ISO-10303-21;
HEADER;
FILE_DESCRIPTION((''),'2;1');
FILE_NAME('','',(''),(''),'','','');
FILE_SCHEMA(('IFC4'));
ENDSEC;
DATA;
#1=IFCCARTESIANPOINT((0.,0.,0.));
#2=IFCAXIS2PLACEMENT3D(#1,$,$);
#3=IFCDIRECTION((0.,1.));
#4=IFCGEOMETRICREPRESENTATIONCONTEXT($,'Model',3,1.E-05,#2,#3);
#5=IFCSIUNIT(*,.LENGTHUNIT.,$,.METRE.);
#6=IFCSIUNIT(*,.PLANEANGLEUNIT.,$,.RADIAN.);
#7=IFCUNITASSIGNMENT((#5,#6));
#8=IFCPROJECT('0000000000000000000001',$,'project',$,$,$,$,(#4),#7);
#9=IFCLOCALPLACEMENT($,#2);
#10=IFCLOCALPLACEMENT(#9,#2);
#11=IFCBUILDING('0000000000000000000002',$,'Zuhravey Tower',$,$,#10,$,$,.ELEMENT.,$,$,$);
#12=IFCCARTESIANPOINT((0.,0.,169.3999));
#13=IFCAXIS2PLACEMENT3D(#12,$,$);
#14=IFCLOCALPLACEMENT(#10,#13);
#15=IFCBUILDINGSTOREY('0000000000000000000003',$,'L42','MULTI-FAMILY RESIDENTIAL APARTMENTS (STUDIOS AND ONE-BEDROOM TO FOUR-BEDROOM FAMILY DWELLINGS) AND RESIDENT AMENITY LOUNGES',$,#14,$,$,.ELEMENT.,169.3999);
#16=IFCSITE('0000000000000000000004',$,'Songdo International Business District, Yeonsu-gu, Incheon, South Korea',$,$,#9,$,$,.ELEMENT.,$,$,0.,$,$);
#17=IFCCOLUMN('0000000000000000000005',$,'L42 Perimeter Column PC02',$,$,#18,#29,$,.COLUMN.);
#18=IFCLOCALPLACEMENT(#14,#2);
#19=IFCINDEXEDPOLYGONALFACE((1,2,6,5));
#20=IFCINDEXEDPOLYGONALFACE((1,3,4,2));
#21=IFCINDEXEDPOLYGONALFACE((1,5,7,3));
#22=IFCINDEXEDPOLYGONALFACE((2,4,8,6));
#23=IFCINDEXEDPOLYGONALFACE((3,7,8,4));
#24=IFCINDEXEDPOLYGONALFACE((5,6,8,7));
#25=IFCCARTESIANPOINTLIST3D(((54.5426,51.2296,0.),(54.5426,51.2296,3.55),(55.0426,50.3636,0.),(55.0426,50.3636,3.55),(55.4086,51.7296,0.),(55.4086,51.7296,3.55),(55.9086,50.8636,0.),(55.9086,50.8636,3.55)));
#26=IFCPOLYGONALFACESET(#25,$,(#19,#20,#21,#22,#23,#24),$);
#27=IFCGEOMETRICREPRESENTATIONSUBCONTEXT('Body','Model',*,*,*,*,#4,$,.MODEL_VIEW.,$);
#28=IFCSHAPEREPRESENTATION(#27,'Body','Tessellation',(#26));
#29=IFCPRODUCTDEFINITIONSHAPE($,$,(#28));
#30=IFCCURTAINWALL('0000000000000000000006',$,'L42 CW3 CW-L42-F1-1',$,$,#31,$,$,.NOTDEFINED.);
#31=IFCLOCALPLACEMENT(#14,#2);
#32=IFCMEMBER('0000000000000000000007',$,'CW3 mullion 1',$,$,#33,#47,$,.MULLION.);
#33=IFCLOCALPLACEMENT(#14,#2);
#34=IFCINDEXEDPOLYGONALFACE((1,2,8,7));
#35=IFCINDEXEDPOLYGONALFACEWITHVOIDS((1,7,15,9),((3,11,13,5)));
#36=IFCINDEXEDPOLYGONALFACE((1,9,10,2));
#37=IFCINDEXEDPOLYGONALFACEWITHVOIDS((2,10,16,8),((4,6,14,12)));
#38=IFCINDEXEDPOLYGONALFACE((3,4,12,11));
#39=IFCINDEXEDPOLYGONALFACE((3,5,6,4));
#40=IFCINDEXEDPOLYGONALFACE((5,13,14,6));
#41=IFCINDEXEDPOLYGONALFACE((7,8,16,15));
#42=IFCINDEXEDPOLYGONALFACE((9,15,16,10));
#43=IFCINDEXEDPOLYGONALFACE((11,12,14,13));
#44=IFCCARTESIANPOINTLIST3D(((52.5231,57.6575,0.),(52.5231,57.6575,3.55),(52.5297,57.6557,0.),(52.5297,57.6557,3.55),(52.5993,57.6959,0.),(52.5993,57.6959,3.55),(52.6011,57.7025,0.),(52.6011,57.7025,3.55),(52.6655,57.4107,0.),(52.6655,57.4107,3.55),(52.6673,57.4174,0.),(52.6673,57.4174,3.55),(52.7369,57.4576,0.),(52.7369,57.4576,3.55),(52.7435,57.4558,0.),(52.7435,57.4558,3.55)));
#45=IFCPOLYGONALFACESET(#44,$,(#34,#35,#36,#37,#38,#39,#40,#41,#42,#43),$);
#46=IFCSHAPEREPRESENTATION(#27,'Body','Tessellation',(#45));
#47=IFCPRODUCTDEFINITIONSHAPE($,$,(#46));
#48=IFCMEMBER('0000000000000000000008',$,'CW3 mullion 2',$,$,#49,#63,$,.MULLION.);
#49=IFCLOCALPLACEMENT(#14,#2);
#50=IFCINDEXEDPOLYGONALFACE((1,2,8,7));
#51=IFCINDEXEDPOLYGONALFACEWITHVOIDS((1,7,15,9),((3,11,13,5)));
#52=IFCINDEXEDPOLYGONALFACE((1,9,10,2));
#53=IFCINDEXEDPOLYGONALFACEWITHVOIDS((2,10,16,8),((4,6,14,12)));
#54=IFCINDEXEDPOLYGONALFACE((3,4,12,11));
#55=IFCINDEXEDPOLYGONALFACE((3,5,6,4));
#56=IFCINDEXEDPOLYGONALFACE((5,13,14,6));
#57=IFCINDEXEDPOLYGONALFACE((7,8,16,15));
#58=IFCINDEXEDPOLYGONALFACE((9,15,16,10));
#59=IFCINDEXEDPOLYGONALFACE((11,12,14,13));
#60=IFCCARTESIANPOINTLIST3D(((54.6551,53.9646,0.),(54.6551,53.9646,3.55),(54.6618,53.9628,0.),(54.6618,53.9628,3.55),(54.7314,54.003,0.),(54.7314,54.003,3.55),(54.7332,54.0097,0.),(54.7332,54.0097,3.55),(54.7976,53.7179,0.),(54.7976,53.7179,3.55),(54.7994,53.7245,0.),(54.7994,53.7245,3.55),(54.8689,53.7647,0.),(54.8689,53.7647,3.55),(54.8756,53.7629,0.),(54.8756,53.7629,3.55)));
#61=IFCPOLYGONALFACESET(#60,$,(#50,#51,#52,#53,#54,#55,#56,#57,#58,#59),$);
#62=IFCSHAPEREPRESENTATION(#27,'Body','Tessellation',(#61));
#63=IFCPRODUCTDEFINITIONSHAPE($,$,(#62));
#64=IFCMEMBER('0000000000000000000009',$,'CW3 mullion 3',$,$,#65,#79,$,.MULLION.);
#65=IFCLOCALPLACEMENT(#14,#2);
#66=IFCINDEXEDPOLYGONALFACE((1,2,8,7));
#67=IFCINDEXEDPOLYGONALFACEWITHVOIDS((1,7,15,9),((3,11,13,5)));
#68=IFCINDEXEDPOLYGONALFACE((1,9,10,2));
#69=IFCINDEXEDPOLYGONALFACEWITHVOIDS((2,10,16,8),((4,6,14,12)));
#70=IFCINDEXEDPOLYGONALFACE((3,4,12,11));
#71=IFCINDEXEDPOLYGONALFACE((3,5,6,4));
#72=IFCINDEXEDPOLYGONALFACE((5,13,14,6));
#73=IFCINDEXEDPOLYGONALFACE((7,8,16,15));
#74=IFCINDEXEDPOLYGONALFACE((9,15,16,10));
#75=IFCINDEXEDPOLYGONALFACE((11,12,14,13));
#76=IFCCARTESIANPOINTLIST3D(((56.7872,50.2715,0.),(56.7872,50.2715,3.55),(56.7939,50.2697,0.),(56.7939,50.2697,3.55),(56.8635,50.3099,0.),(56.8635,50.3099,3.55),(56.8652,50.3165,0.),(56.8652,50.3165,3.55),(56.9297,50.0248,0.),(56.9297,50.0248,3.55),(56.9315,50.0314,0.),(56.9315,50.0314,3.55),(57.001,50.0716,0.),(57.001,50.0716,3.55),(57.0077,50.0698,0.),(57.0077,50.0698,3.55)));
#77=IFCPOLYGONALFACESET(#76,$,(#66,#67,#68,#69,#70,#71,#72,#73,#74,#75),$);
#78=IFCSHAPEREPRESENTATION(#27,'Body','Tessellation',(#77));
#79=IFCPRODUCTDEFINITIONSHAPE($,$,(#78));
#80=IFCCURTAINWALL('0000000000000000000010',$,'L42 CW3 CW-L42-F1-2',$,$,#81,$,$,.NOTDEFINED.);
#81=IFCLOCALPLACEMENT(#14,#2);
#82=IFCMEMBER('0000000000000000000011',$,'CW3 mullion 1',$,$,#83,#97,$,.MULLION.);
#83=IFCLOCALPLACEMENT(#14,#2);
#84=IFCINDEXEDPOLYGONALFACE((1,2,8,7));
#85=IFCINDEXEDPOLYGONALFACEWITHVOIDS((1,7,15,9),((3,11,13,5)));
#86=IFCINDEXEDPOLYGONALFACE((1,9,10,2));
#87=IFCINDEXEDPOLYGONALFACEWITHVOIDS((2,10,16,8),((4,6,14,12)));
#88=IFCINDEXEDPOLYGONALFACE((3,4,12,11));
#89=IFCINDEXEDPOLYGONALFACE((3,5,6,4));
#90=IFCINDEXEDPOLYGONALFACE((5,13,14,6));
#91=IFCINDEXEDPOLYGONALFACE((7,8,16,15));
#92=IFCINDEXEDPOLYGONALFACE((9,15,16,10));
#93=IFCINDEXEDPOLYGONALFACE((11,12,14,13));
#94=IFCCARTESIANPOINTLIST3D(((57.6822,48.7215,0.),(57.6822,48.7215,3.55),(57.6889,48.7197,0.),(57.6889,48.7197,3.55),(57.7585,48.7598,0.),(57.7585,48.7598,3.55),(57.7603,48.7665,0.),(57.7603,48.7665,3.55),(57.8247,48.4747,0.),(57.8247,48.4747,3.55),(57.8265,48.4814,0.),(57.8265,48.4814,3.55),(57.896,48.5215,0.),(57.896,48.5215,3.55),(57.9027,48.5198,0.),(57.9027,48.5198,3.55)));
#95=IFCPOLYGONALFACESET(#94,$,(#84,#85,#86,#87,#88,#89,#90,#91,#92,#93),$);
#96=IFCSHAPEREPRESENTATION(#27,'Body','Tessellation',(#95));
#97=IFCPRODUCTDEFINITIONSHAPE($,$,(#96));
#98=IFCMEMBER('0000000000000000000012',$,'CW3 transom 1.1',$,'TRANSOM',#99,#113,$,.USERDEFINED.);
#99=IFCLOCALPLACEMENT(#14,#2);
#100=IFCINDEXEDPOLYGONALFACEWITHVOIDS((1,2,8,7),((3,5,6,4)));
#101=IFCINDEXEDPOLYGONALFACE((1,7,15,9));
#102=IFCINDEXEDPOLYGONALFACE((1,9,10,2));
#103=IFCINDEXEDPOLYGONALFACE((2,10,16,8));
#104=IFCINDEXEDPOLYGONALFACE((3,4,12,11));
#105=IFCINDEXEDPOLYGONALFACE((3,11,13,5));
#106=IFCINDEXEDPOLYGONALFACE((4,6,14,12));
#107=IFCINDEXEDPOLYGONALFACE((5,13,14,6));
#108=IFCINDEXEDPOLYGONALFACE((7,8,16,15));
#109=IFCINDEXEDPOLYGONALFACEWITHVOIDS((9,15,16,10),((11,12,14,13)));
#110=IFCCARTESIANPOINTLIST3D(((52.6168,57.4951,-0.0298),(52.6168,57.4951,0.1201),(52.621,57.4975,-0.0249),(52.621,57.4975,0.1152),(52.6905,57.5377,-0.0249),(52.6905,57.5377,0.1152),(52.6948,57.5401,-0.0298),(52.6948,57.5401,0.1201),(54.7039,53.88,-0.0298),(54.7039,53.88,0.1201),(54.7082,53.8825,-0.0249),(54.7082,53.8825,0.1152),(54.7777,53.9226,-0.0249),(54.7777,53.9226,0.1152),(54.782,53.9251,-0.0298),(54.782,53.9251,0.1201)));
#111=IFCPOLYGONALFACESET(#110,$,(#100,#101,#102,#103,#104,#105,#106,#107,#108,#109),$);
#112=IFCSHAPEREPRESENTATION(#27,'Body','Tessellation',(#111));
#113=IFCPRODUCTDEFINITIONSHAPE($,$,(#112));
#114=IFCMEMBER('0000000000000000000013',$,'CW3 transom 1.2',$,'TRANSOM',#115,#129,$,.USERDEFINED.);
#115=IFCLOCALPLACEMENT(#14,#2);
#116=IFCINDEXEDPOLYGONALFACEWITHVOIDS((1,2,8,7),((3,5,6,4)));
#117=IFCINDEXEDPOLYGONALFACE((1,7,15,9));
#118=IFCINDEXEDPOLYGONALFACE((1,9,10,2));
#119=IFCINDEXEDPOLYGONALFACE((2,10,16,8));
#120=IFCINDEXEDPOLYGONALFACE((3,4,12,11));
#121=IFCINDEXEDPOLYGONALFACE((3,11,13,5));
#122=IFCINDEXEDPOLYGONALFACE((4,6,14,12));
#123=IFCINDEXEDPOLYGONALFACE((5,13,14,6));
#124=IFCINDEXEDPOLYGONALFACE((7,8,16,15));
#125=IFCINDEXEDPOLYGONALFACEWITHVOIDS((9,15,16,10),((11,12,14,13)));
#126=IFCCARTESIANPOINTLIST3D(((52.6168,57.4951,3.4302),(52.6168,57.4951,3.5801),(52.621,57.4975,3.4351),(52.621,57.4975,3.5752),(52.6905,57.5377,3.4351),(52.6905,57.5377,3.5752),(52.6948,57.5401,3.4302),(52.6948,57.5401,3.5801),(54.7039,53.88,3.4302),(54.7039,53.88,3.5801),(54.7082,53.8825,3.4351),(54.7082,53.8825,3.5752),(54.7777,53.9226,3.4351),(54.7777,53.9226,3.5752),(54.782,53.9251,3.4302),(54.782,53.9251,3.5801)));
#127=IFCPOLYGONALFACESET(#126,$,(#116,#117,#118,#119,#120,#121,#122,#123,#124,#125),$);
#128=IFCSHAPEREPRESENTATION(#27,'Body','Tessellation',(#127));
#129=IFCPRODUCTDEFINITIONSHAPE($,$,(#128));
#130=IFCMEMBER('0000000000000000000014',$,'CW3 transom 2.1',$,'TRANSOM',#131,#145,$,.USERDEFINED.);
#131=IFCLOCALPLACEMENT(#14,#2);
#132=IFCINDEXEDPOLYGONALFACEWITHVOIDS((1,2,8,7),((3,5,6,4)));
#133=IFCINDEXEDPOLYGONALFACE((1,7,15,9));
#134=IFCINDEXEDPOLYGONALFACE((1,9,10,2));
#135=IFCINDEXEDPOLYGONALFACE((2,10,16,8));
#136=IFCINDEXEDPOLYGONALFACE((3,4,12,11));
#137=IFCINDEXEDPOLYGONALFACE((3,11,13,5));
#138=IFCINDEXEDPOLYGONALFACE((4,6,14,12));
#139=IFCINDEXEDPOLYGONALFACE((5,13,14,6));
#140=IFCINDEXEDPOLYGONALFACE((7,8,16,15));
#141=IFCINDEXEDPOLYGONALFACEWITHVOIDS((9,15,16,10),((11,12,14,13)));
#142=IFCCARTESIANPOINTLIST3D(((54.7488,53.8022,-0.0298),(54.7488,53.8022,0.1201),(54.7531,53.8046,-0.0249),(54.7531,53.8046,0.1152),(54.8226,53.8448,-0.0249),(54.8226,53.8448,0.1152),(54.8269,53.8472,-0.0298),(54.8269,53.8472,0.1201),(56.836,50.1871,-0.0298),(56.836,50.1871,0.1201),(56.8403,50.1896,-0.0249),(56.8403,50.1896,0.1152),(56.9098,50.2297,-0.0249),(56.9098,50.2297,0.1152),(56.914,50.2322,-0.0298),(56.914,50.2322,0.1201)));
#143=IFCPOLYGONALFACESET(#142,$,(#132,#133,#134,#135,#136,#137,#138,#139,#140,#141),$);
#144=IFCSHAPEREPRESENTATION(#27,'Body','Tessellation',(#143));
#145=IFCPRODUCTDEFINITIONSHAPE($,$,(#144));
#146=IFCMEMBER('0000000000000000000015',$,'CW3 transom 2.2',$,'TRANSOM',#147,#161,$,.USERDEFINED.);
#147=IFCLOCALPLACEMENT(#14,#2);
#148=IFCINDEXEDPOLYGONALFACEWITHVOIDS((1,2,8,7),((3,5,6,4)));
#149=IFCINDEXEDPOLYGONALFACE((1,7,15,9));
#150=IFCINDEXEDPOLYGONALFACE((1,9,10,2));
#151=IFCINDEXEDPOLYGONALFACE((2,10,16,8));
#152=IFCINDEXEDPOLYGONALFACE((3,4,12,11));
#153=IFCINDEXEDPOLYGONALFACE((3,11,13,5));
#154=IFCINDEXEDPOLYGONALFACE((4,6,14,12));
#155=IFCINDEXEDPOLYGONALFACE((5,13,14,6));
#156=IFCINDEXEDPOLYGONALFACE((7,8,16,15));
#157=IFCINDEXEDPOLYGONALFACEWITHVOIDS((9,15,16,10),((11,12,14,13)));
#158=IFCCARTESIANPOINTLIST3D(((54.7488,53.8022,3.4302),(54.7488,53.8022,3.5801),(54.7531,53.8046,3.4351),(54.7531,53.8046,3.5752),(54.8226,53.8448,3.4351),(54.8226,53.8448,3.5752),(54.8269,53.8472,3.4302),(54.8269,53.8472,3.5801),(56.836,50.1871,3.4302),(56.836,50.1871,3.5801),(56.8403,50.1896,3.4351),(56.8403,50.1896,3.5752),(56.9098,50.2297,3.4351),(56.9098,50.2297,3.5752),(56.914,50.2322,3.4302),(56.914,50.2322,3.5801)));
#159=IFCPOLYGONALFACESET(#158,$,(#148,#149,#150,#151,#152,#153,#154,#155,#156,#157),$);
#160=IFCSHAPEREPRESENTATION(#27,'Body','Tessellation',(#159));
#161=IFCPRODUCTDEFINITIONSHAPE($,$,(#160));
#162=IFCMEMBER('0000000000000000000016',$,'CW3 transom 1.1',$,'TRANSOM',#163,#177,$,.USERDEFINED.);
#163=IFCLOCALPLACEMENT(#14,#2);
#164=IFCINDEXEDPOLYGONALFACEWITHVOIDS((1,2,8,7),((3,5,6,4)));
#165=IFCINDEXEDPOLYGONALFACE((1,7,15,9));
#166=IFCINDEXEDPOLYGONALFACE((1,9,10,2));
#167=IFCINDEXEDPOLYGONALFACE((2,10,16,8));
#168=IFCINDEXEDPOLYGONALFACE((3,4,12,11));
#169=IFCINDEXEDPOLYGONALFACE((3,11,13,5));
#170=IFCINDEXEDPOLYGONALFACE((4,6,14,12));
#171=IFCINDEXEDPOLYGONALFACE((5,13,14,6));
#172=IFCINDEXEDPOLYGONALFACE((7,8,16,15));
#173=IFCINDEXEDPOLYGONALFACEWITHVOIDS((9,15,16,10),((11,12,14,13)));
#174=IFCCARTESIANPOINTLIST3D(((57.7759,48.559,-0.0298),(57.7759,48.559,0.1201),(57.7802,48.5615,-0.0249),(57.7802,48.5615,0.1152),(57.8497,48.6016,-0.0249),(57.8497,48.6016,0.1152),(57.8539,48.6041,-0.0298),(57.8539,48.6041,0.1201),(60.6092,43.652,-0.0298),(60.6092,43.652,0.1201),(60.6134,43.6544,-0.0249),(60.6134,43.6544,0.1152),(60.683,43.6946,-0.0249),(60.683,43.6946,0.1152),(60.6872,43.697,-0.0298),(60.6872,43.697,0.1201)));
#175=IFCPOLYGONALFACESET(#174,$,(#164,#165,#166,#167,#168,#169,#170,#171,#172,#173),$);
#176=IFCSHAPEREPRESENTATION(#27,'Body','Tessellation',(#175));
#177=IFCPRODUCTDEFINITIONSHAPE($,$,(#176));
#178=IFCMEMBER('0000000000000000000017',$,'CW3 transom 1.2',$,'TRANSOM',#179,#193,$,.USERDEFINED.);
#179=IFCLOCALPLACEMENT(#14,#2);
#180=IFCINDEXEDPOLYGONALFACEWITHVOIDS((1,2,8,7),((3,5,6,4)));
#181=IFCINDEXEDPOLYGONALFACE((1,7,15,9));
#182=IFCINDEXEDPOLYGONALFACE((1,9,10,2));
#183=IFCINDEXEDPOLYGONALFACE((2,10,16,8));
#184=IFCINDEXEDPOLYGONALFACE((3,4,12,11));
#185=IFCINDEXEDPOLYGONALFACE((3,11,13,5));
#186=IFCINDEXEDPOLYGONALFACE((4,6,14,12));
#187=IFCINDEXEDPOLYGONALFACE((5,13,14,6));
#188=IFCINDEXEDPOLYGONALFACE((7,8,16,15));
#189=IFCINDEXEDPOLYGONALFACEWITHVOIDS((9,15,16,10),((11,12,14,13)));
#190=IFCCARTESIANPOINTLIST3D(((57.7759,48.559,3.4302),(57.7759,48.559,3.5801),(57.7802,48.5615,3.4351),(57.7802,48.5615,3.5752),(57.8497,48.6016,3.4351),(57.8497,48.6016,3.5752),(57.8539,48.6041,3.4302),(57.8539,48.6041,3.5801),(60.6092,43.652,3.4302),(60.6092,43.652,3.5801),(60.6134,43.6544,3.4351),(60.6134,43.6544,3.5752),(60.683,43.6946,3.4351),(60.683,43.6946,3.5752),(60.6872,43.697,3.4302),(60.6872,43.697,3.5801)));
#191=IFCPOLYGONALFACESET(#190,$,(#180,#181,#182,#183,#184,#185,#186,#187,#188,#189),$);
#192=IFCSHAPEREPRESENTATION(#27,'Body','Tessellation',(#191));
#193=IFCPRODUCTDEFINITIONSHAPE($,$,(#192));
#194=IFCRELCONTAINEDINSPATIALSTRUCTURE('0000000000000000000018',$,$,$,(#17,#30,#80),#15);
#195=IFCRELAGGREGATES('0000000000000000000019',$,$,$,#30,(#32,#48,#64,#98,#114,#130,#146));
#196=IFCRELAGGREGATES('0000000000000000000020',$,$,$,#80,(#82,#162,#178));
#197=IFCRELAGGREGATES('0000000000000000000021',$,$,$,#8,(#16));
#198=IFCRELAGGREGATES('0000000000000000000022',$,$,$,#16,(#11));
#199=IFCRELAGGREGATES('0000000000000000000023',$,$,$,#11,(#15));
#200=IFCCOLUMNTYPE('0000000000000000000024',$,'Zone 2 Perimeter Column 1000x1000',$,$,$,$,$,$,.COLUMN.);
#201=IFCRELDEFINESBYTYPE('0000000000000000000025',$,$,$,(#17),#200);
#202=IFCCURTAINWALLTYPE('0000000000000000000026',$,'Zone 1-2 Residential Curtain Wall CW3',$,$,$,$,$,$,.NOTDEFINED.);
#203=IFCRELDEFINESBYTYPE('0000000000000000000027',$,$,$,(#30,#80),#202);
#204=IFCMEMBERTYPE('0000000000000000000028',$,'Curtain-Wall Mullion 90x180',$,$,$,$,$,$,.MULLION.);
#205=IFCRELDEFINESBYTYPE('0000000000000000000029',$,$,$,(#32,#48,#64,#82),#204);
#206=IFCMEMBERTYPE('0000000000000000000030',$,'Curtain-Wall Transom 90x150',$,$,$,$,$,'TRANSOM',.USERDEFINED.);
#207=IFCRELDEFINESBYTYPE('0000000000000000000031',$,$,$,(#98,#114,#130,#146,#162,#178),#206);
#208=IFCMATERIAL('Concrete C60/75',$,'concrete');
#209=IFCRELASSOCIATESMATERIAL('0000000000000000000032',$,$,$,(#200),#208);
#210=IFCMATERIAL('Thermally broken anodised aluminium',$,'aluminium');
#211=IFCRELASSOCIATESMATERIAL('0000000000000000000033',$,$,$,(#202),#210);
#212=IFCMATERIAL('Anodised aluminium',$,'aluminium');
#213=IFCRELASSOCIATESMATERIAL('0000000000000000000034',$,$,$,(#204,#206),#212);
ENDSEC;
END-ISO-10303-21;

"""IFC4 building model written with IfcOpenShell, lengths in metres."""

from ifc_helpers import new_model, si_unit, direction, frame, origin, origin_2d, place, context, subcontext, project, spatial, rectangle, hollow_rectangle, extrude, material, material_profile, profile_set, type_object, element, aggregate, save


model = new_model("IFC4")

# Units and contexts
model_context = context("Model", 3, precision=1e-05, world=origin(), true_north=direction((0.0, 1.0)))
body_context = subcontext(model_context, "Body", "Model", "MODEL_VIEW")
ifc_project = project(units=[si_unit("LENGTHUNIT", "METRE"), si_unit("PLANEANGLEUNIT", "RADIAN")], contexts=[model_context])

# Site, building, storey
site_placement = place(None, origin())
site = spatial("IfcSite", under=ifc_project, at=site_placement, Name="Songdo International Business District, Yeonsu-gu, Incheon, South Korea", CompositionType="ELEMENT", RefElevation=0.0)
building_placement = place(site_placement, origin())
building = spatial("IfcBuilding", under=site, at=building_placement, Name="Zuhravey Tower", CompositionType="ELEMENT")
storey_placement = place(building_placement, frame((0.0, 0.0, 169.3999)))
storey = spatial("IfcBuildingStorey", under=building, at=storey_placement, Name="L42", Description="MULTI-FAMILY RESIDENTIAL APARTMENTS (STUDIOS AND ONE-BEDROOM TO FOUR-BEDROOM FAMILY DWELLINGS) AND RESIDENT AMENITY LOUNGES", CompositionType="ELEMENT", Elevation=169.3999)

# Column
ifc_material_1 = material(Name="Concrete C60/75", Category="concrete")
ifc_material_profile_1 = material_profile(ifc_material_1, rectangle(XDim=1.0, YDim=1.0, at=origin_2d()), Name="RC-1000x1000")
ifc_profile_set_1 = profile_set([ifc_material_profile_1], Name="Concrete C60/75")
column_type = type_object("IfcColumnType", Name="Zone 2 Perimeter Column 1000x1000", PredefinedType="COLUMN", material=ifc_profile_set_1)
column_placement = place(storey_placement, frame((55.2256, 51.0466, 0.0), z_axis=(0.0, 0.0, 1.0), x_axis=(-0.5, 0.866025, 0.0)))
element("IfcColumn", 1, at=column_placement, inside=storey, type_object=column_type, Name="L42 Perimeter Column PC02", PredefinedType="COLUMN", context=body_context, shape_type="SweptSolid", body=[
    extrude(rectangle(XDim=1.0, YDim=1.0, at=origin_2d()), origin(), (0.0, 0.0, 1.0), 3.55),
])

# Curtain wall, members
ifc_material_2 = material(Name="Thermally broken anodised aluminium", Category="aluminium")
curtain_wall_type = type_object("IfcCurtainWallType", Name="Zone 1-2 Residential Curtain Wall CW3", PredefinedType="NOTDEFINED", material=ifc_material_2)
curtain_wall_1_placement = place(storey_placement, origin())
curtain_wall_1 = element("IfcCurtainWall", 2, at=curtain_wall_1_placement, inside=storey, type_object=curtain_wall_type, Name="L42 CW3 CW-L42-F1-1", PredefinedType="NOTDEFINED")
ifc_material_3 = material(Name="Anodised aluminium", Category="aluminium")
ifc_material_profile_2 = material_profile(ifc_material_3, hollow_rectangle(XDim=0.0901, YDim=0.2849, WallThickness=0.0049, at=origin_2d()), Name="ALU-RHS-90x285x5")
ifc_profile_set_2 = profile_set([ifc_material_profile_2], Name="Anodised aluminium")
member_type_1 = type_object("IfcMemberType", Name="Curtain-Wall Mullion 90x180", PredefinedType="MULLION", material=ifc_profile_set_2)
member_1_placement = place(storey_placement, frame((52.6333, 57.5566, 0.0), z_axis=(0.0, 0.0, 1.0), x_axis=(0.866022, 0.500006, 0.0)))
member_1 = element("IfcMember", 3, at=member_1_placement, type_object=member_type_1, Name="CW3 mullion 1", PredefinedType="MULLION", context=body_context, shape_type="SweptSolid", body=[
    extrude(hollow_rectangle(XDim=0.0901, YDim=0.2849, WallThickness=0.0049, at=origin_2d()), origin(), (0.0, 0.0, 1.0), 3.55),
])
member_2_placement = place(storey_placement, frame((54.7654, 53.8638, 0.0), z_axis=(0.0, 0.0, 1.0), x_axis=(0.866022, 0.500006, 0.0)))
member_2 = element("IfcMember", 4, at=member_2_placement, type_object=member_type_1, Name="CW3 mullion 2", PredefinedType="MULLION", context=body_context, shape_type="SweptSolid", body=[
    extrude(hollow_rectangle(XDim=0.0901, YDim=0.2849, WallThickness=0.0049, at=origin_2d()), origin(), (0.0, 0.0, 1.0), 3.55),
])
member_3_placement = place(storey_placement, frame((56.8975, 50.1707, 0.0), z_axis=(0.0, 0.0, 1.0), x_axis=(0.866022, 0.500006, 0.0)))
member_3 = element("IfcMember", 5, at=member_3_placement, type_object=member_type_1, Name="CW3 mullion 3", PredefinedType="MULLION", context=body_context, shape_type="SweptSolid", body=[
    extrude(hollow_rectangle(XDim=0.0901, YDim=0.2849, WallThickness=0.0049, at=origin_2d()), origin(), (0.0, 0.0, 1.0), 3.55),
])

# Curtain wall, member
curtain_wall_2_placement = place(storey_placement, origin())
curtain_wall_2 = element("IfcCurtainWall", 6, at=curtain_wall_2_placement, inside=storey, type_object=curtain_wall_type, Name="L42 CW3 CW-L42-F1-2", PredefinedType="NOTDEFINED")
member_4_placement = place(storey_placement, frame((57.7925, 48.6206, 0.0), z_axis=(0.0, 0.0, 1.0), x_axis=(0.866026, 0.499999, 0.0)))
member_4 = element("IfcMember", 7, at=member_4_placement, type_object=member_type_1, Name="CW3 mullion 1", PredefinedType="MULLION", context=body_context, shape_type="SweptSolid", body=[
    extrude(hollow_rectangle(XDim=0.0901, YDim=0.2849, WallThickness=0.0049, at=origin_2d()), origin(), (0.0, 0.0, 1.0), 3.55),
])

# Members
ifc_material_profile_3 = material_profile(ifc_material_3, hollow_rectangle(XDim=0.0901, YDim=0.1499, WallThickness=0.0049, at=origin_2d()), Name="ALU-RHS-90x150x5")
ifc_profile_set_3 = profile_set([ifc_material_profile_3], Name="Anodised aluminium")
member_type_2 = type_object("IfcMemberType", Name="Curtain-Wall Transom 90x150", ElementType="TRANSOM", PredefinedType="USERDEFINED", material=ifc_profile_set_3)
member_5_placement = place(storey_placement, frame((52.6558, 57.5176, 0.0452), z_axis=(0.500008, -0.866021, 0.0), x_axis=(0.866021, 0.500008, 0.0)))
member_5 = element("IfcMember", 8, at=member_5_placement, type_object=member_type_2, Name="CW3 transom 1.1", ObjectType="TRANSOM", PredefinedType="USERDEFINED", context=body_context, shape_type="SweptSolid", body=[
    extrude(hollow_rectangle(XDim=0.0901, YDim=0.1499, WallThickness=0.0049, at=origin_2d()), origin(), (0.0, 0.0, 1.0), 4.1743),
])
member_6_placement = place(storey_placement, frame((52.6558, 57.5176, 3.5051), z_axis=(0.500008, -0.866021, 0.0), x_axis=(0.866021, 0.500008, 0.0)))
member_6 = element("IfcMember", 9, at=member_6_placement, type_object=member_type_2, Name="CW3 transom 1.2", ObjectType="TRANSOM", PredefinedType="USERDEFINED", context=body_context, shape_type="SweptSolid", body=[
    extrude(hollow_rectangle(XDim=0.0901, YDim=0.1499, WallThickness=0.0049, at=origin_2d()), origin(), (0.0, 0.0, 1.0), 4.1743),
])
member_7_placement = place(storey_placement, frame((54.7878, 53.8247, 0.0452), z_axis=(0.500008, -0.866021, 0.0), x_axis=(0.866021, 0.500008, 0.0)))
member_7 = element("IfcMember", 10, at=member_7_placement, type_object=member_type_2, Name="CW3 transom 2.1", ObjectType="TRANSOM", PredefinedType="USERDEFINED", context=body_context, shape_type="SweptSolid", body=[
    extrude(hollow_rectangle(XDim=0.0901, YDim=0.1499, WallThickness=0.0049, at=origin_2d()), origin(), (0.0, 0.0, 1.0), 4.1743),
])
member_8_placement = place(storey_placement, frame((54.7878, 53.8247, 3.5051), z_axis=(0.500008, -0.866021, 0.0), x_axis=(0.866021, 0.500008, 0.0)))
member_8 = element("IfcMember", 11, at=member_8_placement, type_object=member_type_2, Name="CW3 transom 2.2", ObjectType="TRANSOM", PredefinedType="USERDEFINED", context=body_context, shape_type="SweptSolid", body=[
    extrude(hollow_rectangle(XDim=0.0901, YDim=0.1499, WallThickness=0.0049, at=origin_2d()), origin(), (0.0, 0.0, 1.0), 4.1743),
])
member_9_placement = place(storey_placement, frame((57.8149, 48.5815, 0.0452), z_axis=(0.500027, -0.86601, 0.0), x_axis=(0.86601, 0.500027, 0.0)))
member_9 = element("IfcMember", 12, at=member_9_placement, type_object=member_type_2, Name="CW3 transom 1.1", ObjectType="TRANSOM", PredefinedType="USERDEFINED", context=body_context, shape_type="SweptSolid", body=[
    extrude(hollow_rectangle(XDim=0.0901, YDim=0.1499, WallThickness=0.0049, at=origin_2d()), origin(), (0.0, 0.0, 1.0), 5.6663),
])
member_10_placement = place(storey_placement, frame((57.8149, 48.5815, 3.5051), z_axis=(0.500027, -0.86601, 0.0), x_axis=(0.86601, 0.500027, 0.0)))
member_10 = element("IfcMember", 13, at=member_10_placement, type_object=member_type_2, Name="CW3 transom 1.2", ObjectType="TRANSOM", PredefinedType="USERDEFINED", context=body_context, shape_type="SweptSolid", body=[
    extrude(hollow_rectangle(XDim=0.0901, YDim=0.1499, WallThickness=0.0049, at=origin_2d()), origin(), (0.0, 0.0, 1.0), 5.6663),
])

aggregate(curtain_wall_1, [member_1, member_2, member_3, member_5, member_6, member_7, member_8])
aggregate(curtain_wall_2, [member_4, member_9, member_10])

save(model, "model.ifc")
